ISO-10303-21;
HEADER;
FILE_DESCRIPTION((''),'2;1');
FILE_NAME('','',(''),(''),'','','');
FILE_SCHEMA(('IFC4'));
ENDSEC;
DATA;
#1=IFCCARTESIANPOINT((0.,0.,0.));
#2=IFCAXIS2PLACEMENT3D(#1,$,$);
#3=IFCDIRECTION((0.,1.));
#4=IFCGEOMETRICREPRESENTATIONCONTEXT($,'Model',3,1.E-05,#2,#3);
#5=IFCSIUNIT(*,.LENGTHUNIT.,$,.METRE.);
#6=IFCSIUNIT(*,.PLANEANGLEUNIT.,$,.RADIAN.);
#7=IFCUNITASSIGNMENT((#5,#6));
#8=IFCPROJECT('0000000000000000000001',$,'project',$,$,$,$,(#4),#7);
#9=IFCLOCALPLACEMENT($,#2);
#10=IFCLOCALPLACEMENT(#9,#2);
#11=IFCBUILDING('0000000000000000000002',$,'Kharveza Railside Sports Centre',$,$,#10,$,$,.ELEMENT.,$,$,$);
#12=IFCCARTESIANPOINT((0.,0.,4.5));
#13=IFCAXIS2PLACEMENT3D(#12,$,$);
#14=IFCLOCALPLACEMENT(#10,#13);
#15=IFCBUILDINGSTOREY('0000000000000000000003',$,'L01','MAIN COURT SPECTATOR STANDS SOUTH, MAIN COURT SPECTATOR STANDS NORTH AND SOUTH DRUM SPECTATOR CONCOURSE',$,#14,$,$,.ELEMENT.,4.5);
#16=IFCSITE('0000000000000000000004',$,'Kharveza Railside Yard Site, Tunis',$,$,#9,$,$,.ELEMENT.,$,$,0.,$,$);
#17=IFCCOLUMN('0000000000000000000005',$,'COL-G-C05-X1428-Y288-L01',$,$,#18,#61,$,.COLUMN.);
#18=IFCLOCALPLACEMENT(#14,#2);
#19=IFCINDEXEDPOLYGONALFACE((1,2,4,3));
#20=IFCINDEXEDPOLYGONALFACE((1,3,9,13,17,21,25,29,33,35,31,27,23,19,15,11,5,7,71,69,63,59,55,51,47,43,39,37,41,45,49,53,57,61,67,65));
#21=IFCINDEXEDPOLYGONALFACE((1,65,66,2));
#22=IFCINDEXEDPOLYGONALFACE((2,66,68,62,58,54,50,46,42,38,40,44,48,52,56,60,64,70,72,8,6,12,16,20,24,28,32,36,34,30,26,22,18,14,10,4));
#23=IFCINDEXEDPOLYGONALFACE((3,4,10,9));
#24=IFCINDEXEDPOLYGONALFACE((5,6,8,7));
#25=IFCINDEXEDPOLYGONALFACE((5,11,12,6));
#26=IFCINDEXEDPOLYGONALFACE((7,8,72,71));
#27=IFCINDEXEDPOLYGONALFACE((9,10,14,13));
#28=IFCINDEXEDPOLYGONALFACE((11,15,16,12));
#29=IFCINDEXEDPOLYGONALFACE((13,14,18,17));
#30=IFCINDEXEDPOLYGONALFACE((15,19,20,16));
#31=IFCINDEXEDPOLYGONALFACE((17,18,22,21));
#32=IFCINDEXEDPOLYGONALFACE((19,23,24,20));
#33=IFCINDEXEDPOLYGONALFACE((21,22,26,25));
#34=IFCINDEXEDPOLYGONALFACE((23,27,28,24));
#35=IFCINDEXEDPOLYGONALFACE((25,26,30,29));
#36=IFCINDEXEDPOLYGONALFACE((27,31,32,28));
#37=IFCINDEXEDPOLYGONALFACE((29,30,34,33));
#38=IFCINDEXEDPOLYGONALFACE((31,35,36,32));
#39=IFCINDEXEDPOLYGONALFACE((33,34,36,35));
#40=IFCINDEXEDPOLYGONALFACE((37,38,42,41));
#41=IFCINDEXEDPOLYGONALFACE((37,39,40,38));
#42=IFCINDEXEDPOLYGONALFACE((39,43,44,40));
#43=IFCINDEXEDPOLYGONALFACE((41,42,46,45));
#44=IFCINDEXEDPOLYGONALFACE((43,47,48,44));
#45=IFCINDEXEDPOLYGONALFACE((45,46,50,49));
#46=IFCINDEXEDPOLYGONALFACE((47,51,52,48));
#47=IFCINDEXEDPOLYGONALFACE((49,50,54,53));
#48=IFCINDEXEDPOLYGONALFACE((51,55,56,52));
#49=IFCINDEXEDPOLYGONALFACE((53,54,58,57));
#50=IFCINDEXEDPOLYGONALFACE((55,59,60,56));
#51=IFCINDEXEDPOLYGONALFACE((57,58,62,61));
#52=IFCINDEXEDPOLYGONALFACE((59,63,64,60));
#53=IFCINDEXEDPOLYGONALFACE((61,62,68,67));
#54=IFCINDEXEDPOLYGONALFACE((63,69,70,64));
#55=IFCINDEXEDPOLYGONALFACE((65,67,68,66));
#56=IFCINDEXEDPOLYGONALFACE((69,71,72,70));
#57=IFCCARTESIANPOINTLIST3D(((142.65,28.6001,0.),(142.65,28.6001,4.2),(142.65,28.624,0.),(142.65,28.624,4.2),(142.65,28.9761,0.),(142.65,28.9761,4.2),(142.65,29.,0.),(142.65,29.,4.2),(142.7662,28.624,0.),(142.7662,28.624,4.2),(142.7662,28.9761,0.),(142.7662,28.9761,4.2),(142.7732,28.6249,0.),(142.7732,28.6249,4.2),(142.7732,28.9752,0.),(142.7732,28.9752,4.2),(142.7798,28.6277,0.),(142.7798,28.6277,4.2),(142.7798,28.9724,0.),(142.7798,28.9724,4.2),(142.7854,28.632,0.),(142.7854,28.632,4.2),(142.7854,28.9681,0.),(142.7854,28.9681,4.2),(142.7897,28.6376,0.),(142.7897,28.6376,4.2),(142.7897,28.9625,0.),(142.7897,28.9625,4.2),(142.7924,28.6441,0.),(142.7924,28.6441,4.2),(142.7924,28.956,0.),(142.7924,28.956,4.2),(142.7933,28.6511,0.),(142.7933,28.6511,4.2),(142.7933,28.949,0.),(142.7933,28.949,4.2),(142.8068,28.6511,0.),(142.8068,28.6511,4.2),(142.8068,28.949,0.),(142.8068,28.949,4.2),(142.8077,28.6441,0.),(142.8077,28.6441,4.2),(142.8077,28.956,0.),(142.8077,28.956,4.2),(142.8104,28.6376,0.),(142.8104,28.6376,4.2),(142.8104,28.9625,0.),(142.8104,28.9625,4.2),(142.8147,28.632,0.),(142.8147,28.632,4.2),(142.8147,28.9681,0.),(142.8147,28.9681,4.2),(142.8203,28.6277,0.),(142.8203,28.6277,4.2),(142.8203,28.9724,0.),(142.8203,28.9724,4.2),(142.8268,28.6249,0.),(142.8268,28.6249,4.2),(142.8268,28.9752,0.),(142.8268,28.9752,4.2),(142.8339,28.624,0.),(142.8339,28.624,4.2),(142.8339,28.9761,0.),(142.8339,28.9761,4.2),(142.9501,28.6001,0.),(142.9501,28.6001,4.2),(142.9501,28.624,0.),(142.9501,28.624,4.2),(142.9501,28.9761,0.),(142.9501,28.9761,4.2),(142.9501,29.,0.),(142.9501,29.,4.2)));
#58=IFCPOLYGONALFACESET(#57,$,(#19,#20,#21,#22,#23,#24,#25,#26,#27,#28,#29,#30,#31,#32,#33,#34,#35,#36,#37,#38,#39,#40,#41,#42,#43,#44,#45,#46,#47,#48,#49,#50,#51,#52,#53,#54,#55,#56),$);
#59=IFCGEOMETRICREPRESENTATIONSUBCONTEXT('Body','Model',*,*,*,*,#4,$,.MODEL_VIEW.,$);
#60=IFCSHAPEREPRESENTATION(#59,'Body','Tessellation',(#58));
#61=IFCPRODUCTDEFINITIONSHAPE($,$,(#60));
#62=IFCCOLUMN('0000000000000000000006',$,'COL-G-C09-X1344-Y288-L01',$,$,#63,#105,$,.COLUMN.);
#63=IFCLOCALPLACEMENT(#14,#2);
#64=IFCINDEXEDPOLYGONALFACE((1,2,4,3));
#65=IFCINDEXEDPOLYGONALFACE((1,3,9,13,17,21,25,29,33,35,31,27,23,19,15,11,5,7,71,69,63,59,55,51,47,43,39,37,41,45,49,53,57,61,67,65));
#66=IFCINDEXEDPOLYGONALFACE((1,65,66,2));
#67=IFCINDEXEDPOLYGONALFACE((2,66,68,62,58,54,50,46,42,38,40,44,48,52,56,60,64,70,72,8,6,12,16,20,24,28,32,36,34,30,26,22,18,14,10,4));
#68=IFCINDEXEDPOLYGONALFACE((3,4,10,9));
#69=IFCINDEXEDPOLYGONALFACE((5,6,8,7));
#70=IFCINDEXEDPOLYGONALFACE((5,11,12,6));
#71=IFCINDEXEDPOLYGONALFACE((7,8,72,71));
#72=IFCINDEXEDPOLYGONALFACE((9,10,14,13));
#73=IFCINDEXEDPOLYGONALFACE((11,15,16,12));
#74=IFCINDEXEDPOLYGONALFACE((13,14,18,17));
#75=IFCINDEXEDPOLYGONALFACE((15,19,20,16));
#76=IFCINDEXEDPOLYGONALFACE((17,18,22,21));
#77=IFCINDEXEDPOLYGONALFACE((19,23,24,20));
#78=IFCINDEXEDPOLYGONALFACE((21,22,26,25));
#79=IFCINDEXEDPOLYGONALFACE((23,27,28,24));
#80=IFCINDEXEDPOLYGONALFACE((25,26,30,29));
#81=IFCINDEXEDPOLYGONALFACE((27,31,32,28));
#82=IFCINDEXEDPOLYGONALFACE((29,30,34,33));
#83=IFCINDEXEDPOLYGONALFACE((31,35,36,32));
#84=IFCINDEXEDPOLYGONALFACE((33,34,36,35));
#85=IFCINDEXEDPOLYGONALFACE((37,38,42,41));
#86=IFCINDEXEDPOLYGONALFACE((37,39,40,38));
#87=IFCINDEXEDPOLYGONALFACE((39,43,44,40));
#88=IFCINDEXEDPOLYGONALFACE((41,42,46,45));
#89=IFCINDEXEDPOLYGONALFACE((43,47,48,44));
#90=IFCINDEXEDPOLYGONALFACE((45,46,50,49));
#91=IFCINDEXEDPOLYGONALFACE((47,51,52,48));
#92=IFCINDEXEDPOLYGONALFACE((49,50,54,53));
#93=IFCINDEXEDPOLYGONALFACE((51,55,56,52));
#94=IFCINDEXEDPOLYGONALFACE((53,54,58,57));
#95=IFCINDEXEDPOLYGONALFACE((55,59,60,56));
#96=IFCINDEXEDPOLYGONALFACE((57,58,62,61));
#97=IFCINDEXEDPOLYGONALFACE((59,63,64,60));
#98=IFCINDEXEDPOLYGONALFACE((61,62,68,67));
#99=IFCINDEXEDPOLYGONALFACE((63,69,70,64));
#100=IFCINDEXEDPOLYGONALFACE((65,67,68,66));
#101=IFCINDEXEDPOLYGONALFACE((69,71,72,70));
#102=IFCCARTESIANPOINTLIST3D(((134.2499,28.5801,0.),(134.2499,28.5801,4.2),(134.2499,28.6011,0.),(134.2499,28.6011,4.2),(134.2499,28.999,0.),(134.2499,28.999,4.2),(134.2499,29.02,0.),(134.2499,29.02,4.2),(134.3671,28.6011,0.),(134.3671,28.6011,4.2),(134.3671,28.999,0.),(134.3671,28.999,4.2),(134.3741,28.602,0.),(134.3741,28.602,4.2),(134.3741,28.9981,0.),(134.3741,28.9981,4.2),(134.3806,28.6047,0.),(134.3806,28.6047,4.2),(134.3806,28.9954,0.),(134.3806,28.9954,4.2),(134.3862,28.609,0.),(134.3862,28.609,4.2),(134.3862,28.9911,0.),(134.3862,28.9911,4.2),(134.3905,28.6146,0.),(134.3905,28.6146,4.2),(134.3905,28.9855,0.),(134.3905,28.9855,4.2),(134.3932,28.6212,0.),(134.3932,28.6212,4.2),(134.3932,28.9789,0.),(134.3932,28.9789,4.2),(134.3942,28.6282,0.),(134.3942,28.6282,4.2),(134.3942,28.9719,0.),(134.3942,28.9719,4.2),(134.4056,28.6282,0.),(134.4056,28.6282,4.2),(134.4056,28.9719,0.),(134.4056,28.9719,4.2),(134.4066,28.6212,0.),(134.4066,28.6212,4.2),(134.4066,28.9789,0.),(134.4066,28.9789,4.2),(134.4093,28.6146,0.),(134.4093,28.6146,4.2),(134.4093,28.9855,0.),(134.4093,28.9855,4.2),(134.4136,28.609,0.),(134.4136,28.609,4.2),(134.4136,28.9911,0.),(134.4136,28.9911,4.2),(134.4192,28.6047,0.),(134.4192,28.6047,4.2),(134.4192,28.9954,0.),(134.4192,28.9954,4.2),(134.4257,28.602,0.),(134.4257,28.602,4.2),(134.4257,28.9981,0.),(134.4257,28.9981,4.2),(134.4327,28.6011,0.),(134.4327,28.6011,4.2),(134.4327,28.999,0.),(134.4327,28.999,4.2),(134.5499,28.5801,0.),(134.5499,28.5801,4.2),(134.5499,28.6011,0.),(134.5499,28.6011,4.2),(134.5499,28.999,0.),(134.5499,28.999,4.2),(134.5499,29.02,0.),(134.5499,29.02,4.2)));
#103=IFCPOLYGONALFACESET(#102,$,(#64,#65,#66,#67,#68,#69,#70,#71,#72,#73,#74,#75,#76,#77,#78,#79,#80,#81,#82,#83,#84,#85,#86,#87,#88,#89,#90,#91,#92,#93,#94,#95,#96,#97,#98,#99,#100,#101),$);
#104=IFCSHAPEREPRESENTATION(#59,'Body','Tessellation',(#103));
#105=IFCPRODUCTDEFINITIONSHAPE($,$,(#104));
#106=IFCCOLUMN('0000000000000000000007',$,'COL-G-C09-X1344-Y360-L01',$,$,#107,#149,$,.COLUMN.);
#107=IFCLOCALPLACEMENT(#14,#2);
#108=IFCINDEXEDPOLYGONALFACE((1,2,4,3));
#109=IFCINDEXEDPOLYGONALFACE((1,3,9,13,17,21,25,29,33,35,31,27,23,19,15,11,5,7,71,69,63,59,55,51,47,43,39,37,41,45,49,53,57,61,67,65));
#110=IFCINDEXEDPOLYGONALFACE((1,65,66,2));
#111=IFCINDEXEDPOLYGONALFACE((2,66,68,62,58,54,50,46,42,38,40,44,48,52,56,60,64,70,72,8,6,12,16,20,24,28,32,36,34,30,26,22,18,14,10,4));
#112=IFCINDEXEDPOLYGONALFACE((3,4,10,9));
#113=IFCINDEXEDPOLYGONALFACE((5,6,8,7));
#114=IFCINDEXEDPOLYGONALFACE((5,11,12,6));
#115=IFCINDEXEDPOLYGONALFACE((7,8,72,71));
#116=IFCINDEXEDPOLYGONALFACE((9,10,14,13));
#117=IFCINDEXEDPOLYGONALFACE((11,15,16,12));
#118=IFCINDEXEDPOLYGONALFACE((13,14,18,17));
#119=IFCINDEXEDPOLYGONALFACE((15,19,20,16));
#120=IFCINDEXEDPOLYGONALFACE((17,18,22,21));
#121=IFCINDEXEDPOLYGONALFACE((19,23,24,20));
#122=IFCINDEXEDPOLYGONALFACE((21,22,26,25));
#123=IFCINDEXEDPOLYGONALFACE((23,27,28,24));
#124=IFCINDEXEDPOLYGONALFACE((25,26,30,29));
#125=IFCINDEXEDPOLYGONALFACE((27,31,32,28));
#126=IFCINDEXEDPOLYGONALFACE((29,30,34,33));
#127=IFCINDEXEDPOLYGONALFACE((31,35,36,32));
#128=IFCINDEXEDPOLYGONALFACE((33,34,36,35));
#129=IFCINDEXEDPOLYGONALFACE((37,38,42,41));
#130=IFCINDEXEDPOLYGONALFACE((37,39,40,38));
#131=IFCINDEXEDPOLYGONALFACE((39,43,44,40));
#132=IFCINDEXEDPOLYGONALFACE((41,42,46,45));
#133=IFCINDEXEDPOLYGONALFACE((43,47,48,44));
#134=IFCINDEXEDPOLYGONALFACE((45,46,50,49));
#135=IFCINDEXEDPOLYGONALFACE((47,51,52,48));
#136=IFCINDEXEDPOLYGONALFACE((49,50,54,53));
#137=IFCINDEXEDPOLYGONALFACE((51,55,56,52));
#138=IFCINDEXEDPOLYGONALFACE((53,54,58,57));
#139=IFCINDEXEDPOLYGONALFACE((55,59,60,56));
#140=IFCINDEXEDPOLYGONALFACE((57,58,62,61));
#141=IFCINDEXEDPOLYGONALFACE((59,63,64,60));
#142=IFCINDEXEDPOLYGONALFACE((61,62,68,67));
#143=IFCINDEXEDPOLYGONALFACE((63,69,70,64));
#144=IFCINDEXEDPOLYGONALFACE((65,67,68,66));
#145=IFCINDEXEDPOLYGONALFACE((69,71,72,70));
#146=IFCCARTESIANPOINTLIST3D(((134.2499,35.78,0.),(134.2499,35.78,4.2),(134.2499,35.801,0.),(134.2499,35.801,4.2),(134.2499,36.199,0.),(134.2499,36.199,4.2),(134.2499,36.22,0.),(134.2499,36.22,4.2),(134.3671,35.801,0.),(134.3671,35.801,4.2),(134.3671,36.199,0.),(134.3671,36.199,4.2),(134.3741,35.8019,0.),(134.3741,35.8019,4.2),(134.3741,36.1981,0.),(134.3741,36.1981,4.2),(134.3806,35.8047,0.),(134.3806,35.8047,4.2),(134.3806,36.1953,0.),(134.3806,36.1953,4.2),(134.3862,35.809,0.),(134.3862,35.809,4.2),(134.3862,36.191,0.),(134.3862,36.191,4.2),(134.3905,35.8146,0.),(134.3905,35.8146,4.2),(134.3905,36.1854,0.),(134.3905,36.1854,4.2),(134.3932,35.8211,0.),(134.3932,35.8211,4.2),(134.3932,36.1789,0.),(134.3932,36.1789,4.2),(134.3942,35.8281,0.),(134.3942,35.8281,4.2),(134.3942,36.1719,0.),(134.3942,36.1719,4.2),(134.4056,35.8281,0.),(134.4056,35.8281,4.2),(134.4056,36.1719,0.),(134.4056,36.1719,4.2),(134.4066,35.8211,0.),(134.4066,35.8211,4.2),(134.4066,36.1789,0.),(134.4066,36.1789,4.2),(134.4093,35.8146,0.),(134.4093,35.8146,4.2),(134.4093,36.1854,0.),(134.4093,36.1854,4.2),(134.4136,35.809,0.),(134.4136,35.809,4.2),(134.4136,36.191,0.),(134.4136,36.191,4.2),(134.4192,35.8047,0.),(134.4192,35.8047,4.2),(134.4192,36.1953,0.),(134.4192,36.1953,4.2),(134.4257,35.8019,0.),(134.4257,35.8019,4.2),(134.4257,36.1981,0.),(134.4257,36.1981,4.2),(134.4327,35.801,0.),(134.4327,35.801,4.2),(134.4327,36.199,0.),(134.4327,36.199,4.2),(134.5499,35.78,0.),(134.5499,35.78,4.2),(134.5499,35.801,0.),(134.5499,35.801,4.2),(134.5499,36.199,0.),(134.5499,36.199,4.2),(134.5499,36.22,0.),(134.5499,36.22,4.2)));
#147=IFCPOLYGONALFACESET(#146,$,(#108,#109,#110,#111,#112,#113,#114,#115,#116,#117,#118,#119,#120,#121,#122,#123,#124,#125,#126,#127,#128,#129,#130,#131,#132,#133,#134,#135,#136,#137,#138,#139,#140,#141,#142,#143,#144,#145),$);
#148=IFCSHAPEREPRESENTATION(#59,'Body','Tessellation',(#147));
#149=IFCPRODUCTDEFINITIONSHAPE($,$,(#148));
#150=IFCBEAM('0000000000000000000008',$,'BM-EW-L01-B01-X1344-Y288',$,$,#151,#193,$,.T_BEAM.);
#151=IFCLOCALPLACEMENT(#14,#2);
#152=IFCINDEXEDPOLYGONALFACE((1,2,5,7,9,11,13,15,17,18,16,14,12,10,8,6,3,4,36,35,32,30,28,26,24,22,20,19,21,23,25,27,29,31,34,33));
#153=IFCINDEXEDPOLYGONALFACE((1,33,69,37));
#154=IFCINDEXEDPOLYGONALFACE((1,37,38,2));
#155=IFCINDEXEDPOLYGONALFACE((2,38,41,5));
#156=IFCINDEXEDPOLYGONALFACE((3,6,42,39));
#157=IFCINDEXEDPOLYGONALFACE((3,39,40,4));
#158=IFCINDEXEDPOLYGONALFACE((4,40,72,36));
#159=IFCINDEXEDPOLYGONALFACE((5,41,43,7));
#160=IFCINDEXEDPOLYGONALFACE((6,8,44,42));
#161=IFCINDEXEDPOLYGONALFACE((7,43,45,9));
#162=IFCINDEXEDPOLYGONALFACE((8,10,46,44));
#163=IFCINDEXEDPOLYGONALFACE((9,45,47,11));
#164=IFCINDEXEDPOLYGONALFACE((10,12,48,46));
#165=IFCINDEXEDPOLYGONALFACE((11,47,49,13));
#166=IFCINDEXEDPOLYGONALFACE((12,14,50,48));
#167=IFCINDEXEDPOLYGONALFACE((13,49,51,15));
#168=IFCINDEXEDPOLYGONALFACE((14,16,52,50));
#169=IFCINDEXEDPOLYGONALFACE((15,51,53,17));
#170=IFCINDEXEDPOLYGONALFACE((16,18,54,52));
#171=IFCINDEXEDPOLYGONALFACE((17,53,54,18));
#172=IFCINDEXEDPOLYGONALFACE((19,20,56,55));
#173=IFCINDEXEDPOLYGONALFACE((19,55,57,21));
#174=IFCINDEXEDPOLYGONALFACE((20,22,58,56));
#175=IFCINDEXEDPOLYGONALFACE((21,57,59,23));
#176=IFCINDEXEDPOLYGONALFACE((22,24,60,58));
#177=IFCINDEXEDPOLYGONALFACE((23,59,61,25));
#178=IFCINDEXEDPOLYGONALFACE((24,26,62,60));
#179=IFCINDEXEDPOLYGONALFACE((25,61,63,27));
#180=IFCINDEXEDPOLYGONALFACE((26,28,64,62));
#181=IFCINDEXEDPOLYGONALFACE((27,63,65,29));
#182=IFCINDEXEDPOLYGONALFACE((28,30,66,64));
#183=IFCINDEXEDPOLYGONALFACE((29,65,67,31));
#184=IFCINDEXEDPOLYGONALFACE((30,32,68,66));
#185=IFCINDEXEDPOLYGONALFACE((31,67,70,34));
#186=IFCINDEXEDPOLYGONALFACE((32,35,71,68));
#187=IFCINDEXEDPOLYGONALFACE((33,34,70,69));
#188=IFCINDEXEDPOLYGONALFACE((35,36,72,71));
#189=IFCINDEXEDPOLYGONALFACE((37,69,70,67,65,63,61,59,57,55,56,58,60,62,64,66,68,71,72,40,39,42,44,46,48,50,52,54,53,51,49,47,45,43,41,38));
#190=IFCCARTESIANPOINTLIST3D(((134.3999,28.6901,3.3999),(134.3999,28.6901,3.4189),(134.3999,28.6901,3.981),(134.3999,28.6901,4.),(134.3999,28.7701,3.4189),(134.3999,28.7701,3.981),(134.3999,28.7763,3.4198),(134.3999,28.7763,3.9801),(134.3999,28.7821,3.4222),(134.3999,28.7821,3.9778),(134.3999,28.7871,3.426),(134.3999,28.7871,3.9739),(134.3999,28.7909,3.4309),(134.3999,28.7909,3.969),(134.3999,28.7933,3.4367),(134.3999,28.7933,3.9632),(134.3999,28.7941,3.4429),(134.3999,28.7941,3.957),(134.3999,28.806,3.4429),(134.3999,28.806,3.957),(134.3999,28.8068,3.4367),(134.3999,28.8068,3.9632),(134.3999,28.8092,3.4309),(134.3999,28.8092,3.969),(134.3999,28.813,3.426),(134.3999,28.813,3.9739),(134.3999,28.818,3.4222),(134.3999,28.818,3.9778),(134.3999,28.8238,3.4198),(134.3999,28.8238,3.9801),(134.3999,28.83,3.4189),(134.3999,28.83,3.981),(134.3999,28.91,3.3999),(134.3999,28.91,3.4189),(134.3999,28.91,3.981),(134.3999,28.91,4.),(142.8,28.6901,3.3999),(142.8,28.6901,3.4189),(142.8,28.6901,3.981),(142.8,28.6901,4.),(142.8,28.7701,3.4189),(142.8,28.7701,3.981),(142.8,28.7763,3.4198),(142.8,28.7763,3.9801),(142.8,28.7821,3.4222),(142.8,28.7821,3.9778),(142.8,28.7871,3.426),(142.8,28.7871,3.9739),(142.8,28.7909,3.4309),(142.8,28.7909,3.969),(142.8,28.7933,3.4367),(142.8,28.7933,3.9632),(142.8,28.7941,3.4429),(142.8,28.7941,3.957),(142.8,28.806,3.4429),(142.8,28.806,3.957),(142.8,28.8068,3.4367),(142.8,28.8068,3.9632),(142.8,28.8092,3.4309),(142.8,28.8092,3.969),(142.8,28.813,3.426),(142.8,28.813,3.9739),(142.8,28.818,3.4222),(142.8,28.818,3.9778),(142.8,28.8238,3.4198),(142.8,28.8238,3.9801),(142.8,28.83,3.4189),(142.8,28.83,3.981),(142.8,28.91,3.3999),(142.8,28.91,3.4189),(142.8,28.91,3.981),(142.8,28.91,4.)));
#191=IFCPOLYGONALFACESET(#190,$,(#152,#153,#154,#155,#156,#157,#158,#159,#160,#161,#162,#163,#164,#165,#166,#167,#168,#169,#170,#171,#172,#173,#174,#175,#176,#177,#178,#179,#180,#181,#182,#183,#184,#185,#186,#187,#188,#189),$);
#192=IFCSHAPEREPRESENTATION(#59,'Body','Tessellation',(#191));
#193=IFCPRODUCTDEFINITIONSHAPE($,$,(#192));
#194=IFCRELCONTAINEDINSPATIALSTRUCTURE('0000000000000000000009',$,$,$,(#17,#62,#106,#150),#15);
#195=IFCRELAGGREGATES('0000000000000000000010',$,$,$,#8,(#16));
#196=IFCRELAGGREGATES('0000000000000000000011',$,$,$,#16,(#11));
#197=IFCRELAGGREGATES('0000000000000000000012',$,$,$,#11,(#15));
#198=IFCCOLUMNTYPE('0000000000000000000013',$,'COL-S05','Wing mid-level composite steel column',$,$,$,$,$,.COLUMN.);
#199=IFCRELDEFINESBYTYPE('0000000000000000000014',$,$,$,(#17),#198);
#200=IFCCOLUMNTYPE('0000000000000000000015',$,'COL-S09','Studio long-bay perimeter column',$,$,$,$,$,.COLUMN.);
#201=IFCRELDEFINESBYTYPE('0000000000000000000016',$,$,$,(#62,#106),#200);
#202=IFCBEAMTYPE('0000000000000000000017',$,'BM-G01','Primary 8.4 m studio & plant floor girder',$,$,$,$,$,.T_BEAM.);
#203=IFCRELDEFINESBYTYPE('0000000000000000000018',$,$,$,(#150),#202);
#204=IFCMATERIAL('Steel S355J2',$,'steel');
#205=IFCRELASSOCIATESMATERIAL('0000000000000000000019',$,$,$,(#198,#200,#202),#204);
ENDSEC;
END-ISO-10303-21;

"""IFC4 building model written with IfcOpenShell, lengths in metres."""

from ifc_helpers import new_model, si_unit, direction, frame, origin, origin_2d, place, context, subcontext, project, spatial, i_section, extrude, material, material_profile, profile_set, type_object, element, save


model = new_model("IFC4")

# Units and contexts
model_context = context("Model", 3, precision=1e-05, world=origin(), true_north=direction((0.0, 1.0)))
body_context = subcontext(model_context, "Body", "Model", "MODEL_VIEW")
ifc_project = project(units=[si_unit("LENGTHUNIT", "METRE"), si_unit("PLANEANGLEUNIT", "RADIAN")], contexts=[model_context])

# Site, building, storey
site_placement = place(None, origin())
site = spatial("IfcSite", under=ifc_project, at=site_placement, Name="Kharveza Railside Yard Site, Tunis", CompositionType="ELEMENT", RefElevation=0.0)
building_placement = place(site_placement, origin())
building = spatial("IfcBuilding", under=site, at=building_placement, Name="Kharveza Railside Sports Centre", CompositionType="ELEMENT")
storey_placement = place(building_placement, frame((0.0, 0.0, 4.5)))
storey = spatial("IfcBuildingStorey", under=building, at=storey_placement, Name="L01", Description="MAIN COURT SPECTATOR STANDS SOUTH, MAIN COURT SPECTATOR STANDS NORTH AND SOUTH DRUM SPECTATOR CONCOURSE", CompositionType="ELEMENT", Elevation=4.5)

# Columns
ifc_material_1 = material(Name="Steel S355J2", Category="steel")
ifc_material_profile_1 = material_profile(ifc_material_1, i_section(OverallWidth=0.3, OverallDepth=0.3999, WebThickness=0.0134, FlangeThickness=0.0239, FilletRadius=0.0271, at=origin_2d()), Name="HEB 400")
ifc_profile_set_1 = profile_set([ifc_material_profile_1], Name="Steel S355J2")
column_type_1 = type_object("IfcColumnType", Name="COL-S05", Description="Wing mid-level composite steel column", PredefinedType="COLUMN", material=ifc_profile_set_1)
column_placement = place(storey_placement, frame((142.8, 28.8, 0.0), z_axis=(0.0, 0.0, 1.0), x_axis=(1.0, 0.0, 0.0)))
element("IfcColumn", 1, at=column_placement, inside=storey, type_object=column_type_1, Name="COL-G-C05-X1428-Y288-L01", PredefinedType="COLUMN", context=body_context, shape_type="SweptSolid", body=[
    extrude(i_section(OverallWidth=0.3, OverallDepth=0.3999, WebThickness=0.0134, FlangeThickness=0.0239, FilletRadius=0.0271, at=origin_2d()), origin(), (0.0, 0.0, 1.0), 4.2),
])
ifc_material_profile_2 = material_profile(ifc_material_1, i_section(OverallWidth=0.3, OverallDepth=0.4399, WebThickness=0.0115, FlangeThickness=0.021, FilletRadius=0.0271, at=origin_2d()), Name="HEA 450")
ifc_profile_set_2 = profile_set([ifc_material_profile_2], Name="Steel S355J2")
column_type_2 = type_object("IfcColumnType", Name="COL-S09", Description="Studio long-bay perimeter column", PredefinedType="COLUMN", material=ifc_profile_set_2)
for number, where, z_axis, x_axis, name in (
    (2, (134.3999, 28.8, 0.0), (0.0, 0.0, 1.0), (1.0, 0.0, 0.0), "COL-G-C09-X1344-Y288-L01"),
    (3, (134.3999, 36.0, 0.0), (0.0, 0.0, 1.0), (1.0, 0.0, 0.0), "COL-G-C09-X1344-Y360-L01"),
):
    element("IfcColumn", number, at=place(storey_placement, frame(where, z_axis=z_axis, x_axis=x_axis)), inside=storey, type_object=column_type_2, Name=name, PredefinedType="COLUMN", context=body_context, shape_type="SweptSolid", body=[
        extrude(i_section(OverallWidth=0.3, OverallDepth=0.4399, WebThickness=0.0115, FlangeThickness=0.021, FilletRadius=0.0271, at=origin_2d()), origin(), (0.0, 0.0, 1.0), 4.2),
    ])

# Beam
ifc_material_profile_3 = material_profile(ifc_material_1, i_section(OverallWidth=0.22, OverallDepth=0.6001, WebThickness=0.012, FlangeThickness=0.019, FilletRadius=0.0239, at=origin_2d()), Name="IPE 600")
ifc_profile_set_3 = profile_set([ifc_material_profile_3], Name="Steel S355J2")
beam_type_1 = type_object("IfcBeamType", Name="BM-G01", Description="Primary 8.4 m studio & plant floor girder", PredefinedType="T_BEAM", material=ifc_profile_set_3)
beam_1_placement = place(storey_placement, frame((134.3999, 28.8, 3.7), z_axis=(1.0, 0.0, 0.0), x_axis=(0.0, 1.0, 0.0)))
element("IfcBeam", 4, at=beam_1_placement, inside=storey, type_object=beam_type_1, Name="BM-EW-L01-B01-X1344-Y288", PredefinedType="T_BEAM", context=body_context, shape_type="SweptSolid", body=[
    extrude(i_section(OverallWidth=0.22, OverallDepth=0.6001, WebThickness=0.012, FlangeThickness=0.019, FilletRadius=0.0239, at=origin_2d()), origin(), (0.0, 0.0, 1.0), 8.4001),
])

save(model, "model.ifc")
